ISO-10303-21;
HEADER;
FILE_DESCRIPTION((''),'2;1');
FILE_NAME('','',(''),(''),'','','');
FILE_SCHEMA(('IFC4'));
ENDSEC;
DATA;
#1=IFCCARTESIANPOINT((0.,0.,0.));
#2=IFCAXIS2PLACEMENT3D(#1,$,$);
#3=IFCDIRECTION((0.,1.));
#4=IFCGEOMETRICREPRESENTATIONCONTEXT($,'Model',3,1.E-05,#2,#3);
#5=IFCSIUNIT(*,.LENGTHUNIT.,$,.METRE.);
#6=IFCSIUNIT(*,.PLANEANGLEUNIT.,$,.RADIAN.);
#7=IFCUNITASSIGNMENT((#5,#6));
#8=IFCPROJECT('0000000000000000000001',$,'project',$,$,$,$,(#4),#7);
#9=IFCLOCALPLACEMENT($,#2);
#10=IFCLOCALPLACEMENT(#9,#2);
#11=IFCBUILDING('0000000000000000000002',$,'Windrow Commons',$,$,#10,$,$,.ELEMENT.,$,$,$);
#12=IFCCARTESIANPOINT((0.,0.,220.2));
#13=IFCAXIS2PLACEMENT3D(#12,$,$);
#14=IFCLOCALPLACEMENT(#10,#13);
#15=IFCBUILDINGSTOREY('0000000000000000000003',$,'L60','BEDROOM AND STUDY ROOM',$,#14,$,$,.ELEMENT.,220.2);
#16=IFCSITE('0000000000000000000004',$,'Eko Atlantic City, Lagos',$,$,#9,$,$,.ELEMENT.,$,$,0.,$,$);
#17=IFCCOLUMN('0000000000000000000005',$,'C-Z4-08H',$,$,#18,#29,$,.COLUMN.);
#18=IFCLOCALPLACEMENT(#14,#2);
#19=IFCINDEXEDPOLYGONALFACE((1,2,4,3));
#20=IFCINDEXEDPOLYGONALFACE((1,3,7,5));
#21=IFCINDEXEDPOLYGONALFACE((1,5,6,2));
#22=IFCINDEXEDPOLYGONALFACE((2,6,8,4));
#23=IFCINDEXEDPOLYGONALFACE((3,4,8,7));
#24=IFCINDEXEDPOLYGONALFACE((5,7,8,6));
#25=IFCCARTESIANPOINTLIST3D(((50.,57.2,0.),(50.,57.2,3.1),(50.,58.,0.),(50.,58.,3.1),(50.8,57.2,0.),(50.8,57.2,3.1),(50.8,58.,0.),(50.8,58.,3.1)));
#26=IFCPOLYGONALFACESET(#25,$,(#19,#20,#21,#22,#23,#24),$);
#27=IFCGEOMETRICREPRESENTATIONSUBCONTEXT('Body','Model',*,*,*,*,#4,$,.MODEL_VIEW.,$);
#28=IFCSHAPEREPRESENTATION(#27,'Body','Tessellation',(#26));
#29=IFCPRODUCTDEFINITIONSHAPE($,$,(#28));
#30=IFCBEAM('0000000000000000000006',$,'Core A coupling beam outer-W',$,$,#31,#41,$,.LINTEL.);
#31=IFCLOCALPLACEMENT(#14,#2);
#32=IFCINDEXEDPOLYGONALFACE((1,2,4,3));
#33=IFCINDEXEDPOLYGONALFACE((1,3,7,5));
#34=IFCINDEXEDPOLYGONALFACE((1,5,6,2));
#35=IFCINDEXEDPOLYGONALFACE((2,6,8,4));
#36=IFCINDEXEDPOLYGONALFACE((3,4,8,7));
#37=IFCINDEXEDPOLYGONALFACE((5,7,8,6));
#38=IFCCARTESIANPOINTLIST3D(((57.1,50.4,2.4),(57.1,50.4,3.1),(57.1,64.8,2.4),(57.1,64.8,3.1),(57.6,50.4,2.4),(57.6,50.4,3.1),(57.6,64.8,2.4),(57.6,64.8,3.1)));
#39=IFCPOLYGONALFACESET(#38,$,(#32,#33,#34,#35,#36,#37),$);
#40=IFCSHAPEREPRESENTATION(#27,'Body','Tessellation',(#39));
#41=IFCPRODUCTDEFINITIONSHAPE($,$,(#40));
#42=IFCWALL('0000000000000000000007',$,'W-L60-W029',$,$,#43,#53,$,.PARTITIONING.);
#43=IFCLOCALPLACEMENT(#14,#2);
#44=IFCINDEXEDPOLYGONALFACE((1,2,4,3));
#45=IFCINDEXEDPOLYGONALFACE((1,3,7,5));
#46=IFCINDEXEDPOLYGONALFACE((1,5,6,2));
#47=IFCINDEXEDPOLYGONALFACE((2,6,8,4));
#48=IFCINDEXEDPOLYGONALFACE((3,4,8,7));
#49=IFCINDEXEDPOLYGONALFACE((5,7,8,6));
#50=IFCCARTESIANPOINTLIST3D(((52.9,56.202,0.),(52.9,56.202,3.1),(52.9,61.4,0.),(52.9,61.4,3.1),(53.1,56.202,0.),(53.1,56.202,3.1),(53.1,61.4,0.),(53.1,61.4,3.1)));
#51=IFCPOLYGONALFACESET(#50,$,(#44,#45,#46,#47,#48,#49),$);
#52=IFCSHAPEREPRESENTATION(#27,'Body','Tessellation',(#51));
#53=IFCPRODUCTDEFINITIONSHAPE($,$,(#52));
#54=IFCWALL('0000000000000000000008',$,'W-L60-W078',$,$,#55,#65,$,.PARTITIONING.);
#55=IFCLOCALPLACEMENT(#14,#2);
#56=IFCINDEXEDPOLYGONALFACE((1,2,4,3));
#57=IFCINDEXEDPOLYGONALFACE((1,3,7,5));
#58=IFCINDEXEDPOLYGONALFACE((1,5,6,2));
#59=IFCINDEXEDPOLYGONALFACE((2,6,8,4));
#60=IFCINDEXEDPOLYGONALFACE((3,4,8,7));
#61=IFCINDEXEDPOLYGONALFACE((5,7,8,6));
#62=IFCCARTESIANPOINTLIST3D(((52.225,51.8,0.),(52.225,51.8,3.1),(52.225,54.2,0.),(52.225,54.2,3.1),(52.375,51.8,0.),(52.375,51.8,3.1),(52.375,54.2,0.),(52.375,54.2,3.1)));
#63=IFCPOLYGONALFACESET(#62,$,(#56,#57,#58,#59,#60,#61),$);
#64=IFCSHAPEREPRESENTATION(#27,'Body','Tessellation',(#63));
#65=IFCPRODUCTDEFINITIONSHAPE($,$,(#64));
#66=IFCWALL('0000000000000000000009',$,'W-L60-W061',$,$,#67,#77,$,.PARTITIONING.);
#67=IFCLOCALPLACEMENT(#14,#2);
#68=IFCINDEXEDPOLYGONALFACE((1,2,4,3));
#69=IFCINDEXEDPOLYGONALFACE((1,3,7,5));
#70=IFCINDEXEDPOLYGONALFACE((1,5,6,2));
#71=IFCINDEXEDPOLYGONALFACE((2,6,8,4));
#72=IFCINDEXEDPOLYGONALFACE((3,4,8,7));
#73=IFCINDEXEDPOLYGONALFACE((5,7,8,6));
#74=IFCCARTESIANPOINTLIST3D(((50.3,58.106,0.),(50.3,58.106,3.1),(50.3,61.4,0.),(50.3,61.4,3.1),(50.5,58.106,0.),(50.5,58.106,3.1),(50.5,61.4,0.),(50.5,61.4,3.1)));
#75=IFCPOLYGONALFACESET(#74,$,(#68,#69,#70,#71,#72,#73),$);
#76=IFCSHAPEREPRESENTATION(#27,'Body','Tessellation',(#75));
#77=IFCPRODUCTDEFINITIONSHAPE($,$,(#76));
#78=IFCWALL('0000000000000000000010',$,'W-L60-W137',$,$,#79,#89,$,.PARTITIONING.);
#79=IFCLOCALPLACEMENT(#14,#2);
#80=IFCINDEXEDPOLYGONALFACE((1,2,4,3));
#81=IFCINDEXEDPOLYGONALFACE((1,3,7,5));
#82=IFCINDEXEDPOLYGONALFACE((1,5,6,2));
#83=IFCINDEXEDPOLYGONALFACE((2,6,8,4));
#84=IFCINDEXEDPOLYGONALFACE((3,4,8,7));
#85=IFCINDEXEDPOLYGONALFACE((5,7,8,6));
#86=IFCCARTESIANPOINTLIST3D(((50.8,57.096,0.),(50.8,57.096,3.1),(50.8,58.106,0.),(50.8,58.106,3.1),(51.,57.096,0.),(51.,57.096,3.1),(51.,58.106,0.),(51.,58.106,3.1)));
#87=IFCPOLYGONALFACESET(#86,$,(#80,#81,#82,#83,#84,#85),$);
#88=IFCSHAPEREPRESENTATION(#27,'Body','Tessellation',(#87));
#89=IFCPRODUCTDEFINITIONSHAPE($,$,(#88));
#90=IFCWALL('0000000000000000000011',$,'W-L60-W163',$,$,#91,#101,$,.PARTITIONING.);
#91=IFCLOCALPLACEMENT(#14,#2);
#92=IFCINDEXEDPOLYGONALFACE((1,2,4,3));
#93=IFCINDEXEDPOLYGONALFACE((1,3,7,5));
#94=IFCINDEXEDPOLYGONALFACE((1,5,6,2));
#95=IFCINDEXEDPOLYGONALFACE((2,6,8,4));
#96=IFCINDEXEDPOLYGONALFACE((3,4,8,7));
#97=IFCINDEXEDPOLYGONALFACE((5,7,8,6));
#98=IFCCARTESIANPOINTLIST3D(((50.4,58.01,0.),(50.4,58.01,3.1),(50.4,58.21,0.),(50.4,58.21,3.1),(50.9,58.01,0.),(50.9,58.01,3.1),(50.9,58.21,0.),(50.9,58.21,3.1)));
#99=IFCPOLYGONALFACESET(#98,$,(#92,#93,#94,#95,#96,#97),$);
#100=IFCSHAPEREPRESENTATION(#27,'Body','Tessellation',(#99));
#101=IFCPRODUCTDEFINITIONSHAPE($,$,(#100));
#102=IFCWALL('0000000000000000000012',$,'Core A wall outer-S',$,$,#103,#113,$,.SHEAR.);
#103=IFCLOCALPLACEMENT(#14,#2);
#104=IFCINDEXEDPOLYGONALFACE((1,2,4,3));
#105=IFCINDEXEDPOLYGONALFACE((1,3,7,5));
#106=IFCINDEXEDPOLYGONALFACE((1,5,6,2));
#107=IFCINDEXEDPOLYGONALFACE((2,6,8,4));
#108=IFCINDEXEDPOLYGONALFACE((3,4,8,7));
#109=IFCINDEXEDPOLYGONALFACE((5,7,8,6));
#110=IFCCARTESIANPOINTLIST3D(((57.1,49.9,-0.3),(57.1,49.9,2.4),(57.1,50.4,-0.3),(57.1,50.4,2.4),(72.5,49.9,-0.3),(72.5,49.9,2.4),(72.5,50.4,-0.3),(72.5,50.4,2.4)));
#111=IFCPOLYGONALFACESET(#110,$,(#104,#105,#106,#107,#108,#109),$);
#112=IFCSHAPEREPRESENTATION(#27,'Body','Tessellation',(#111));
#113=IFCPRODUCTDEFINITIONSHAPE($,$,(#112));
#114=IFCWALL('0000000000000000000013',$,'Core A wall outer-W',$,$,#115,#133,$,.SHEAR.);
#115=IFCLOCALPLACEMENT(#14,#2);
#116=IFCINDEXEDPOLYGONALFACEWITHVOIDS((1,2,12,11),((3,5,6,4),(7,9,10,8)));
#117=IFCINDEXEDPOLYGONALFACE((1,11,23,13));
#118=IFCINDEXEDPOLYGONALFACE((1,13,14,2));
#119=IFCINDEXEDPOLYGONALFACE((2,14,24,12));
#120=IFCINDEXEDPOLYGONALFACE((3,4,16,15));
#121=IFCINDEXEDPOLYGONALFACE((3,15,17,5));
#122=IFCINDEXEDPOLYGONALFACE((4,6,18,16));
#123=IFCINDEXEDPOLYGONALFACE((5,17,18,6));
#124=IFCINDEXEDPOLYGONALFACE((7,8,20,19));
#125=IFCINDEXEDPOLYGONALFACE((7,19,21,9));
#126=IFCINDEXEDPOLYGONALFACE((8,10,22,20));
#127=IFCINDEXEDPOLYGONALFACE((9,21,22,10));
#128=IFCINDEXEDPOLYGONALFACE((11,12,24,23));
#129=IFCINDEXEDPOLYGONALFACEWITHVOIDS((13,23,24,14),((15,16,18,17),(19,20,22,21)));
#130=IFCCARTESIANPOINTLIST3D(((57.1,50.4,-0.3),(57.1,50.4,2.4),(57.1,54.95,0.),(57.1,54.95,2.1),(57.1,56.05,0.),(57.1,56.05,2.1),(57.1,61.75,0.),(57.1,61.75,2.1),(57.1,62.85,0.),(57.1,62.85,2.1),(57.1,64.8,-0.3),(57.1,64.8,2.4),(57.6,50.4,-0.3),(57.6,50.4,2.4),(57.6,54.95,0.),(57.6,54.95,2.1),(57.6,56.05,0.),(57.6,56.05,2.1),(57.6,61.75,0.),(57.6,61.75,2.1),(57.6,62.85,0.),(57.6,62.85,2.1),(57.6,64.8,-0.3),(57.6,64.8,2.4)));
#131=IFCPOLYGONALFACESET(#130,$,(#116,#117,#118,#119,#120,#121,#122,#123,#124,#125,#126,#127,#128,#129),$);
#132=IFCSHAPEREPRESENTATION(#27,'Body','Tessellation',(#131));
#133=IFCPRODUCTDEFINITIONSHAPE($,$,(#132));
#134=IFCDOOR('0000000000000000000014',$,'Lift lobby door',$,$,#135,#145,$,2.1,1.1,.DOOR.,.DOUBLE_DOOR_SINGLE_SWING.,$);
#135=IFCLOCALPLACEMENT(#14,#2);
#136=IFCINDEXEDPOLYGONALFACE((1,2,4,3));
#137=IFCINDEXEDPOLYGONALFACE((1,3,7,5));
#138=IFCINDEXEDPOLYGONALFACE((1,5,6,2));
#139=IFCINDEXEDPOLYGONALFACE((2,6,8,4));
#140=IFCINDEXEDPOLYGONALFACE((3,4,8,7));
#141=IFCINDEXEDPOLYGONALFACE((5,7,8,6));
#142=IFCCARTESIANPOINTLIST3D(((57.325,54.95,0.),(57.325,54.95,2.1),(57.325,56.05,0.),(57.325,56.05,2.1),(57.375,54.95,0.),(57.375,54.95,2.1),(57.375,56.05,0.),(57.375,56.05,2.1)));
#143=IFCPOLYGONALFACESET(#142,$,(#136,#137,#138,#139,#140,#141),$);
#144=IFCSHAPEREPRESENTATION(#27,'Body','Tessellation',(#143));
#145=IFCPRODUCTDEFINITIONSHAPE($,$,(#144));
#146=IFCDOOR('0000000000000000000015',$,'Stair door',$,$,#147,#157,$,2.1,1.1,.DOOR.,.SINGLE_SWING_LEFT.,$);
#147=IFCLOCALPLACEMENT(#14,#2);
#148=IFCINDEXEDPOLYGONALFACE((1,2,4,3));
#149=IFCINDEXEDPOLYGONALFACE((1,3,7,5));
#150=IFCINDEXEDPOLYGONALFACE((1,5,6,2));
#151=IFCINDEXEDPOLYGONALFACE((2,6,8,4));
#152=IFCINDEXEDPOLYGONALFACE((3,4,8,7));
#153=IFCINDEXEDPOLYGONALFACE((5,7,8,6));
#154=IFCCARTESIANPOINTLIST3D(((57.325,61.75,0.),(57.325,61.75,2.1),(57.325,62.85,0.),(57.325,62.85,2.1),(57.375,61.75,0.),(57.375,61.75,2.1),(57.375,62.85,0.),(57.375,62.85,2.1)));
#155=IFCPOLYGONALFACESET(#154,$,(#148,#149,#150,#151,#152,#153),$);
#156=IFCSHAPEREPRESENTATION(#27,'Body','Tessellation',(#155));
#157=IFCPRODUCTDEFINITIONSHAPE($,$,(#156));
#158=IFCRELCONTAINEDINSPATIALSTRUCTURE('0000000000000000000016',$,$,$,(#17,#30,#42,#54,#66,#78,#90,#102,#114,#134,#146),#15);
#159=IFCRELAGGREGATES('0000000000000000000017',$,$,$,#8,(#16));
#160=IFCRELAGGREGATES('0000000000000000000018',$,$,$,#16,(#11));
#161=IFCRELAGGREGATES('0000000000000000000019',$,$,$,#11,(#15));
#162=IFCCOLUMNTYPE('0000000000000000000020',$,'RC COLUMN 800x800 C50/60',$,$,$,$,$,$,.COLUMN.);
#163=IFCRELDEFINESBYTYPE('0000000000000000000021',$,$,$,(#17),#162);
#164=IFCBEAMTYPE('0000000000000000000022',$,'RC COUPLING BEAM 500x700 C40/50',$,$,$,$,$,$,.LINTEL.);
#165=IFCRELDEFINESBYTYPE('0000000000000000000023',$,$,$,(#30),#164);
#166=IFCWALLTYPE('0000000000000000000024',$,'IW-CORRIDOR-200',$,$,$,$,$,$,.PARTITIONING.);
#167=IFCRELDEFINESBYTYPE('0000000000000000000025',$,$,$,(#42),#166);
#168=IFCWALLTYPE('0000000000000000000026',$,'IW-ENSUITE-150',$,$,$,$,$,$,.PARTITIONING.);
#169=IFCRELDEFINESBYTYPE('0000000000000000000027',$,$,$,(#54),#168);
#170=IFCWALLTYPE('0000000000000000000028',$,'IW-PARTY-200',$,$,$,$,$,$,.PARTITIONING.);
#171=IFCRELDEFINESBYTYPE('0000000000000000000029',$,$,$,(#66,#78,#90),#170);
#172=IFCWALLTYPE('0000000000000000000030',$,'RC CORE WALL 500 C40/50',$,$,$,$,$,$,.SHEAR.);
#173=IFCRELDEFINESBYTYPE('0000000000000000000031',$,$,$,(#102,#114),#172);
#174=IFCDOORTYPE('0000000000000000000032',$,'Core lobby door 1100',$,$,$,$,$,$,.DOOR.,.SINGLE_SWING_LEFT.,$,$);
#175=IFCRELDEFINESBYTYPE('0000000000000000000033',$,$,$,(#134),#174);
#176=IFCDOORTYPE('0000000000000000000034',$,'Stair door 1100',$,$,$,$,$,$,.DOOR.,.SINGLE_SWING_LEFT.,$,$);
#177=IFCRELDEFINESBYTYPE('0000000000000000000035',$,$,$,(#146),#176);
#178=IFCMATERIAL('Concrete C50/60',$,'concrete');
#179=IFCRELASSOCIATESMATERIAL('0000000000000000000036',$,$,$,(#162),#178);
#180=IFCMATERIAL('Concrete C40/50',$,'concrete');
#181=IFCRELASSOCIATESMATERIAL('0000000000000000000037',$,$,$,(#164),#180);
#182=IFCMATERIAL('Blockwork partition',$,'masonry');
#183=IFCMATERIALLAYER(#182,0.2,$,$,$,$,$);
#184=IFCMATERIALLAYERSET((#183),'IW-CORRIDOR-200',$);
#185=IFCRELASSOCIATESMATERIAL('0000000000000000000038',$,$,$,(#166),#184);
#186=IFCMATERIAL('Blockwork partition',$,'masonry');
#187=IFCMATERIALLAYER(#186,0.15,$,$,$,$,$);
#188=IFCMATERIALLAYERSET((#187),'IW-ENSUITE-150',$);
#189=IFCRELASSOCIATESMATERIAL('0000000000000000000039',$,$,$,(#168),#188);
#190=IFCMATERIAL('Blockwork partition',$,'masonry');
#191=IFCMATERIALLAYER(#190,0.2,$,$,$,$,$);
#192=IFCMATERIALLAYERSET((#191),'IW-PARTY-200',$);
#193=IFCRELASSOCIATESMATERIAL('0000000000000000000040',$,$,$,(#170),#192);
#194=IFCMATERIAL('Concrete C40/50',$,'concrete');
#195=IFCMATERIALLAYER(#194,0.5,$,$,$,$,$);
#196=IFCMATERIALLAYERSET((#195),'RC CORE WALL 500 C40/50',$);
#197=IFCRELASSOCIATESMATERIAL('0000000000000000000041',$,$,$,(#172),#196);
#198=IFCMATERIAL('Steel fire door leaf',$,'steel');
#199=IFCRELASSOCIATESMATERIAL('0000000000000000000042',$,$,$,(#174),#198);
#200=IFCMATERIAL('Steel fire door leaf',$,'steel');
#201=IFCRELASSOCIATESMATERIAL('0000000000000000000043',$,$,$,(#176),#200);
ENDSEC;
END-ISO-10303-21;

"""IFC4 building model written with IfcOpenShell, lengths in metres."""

from ifc_helpers import new_model, si_unit, direction, frame, frame_2d, origin, origin_2d, place, context, subcontext, project, spatial, rectangle, extrude, material, layer, layer_set, material_profile, profile_set, type_object, element, fill, save


model = new_model("IFC4")

# Units and contexts
model_context = context("Model", 3, precision=1e-05, world=origin(), true_north=direction((0.0, 1.0)))
body_context = subcontext(model_context, "Body", "Model", "MODEL_VIEW")
ifc_project = project(units=[si_unit("LENGTHUNIT", "METRE"), si_unit("PLANEANGLEUNIT", "RADIAN")], contexts=[model_context])

# Site, building, storey
site_placement = place(None, origin())
site = spatial("IfcSite", under=ifc_project, at=site_placement, Name="Eko Atlantic City, Lagos", CompositionType="ELEMENT", RefElevation=0.0)
building_placement = place(site_placement, origin())
building = spatial("IfcBuilding", under=site, at=building_placement, Name="Windrow Commons", CompositionType="ELEMENT")
storey_placement = place(building_placement, frame((0.0, 0.0, 220.2)))
storey = spatial("IfcBuildingStorey", under=building, at=storey_placement, Name="L60", Description="BEDROOM AND STUDY ROOM", CompositionType="ELEMENT", Elevation=220.2)

# Column
ifc_material_1 = material(Name="Concrete C50/60", Category="concrete")
ifc_material_profile_1 = material_profile(ifc_material_1, rectangle(XDim=0.8, YDim=0.8, at=origin_2d()))
ifc_profile_set_1 = profile_set([ifc_material_profile_1], Name="Concrete C50/60")
column_type = type_object("IfcColumnType", Name="RC COLUMN 800x800 C50/60", PredefinedType="COLUMN", material=ifc_profile_set_1)
column_placement = place(storey_placement, frame((50.4, 57.6, 0.0), z_axis=(0.0, 0.0, 1.0), x_axis=(1.0, 0.0, 0.0)))
element("IfcColumn", 1, at=column_placement, inside=storey, type_object=column_type, Name="C-Z4-08H", PredefinedType="COLUMN", context=body_context, shape_type="SweptSolid", body=[
    extrude(rectangle(XDim=0.8, YDim=0.8, at=origin_2d()), origin(), (0.0, 0.0, 1.0), 3.1),
])

# Beam
ifc_material_2 = material(Name="Concrete C40/50", Category="concrete")
ifc_material_profile_2 = material_profile(ifc_material_2, rectangle(XDim=0.5, YDim=0.7, at=origin_2d()))
ifc_profile_set_2 = profile_set([ifc_material_profile_2], Name="Concrete C40/50")
beam_type = type_object("IfcBeamType", Name="RC COUPLING BEAM 500x700 C40/50", PredefinedType="LINTEL", material=ifc_profile_set_2)
beam_placement = place(storey_placement, frame((57.35, 50.4, 2.75), z_axis=(0.0, 1.0, 0.0), x_axis=(-1.0, 0.0, 0.0)))
element("IfcBeam", 2, at=beam_placement, inside=storey, type_object=beam_type, Name="Core A coupling beam outer-W", PredefinedType="LINTEL", context=body_context, shape_type="SweptSolid", body=[
    extrude(rectangle(XDim=0.5, YDim=0.7, at=origin_2d()), origin(), (0.0, 0.0, 1.0), 14.4),
])

# Walls
ifc_material_3 = material(Name="Blockwork partition", Category="masonry")
ifc_layer_1 = layer(ifc_material_3, 0.2)
ifc_layer_set_1 = layer_set([ifc_layer_1], Name="IW-CORRIDOR-200")
wall_type_1 = type_object("IfcWallType", Name="IW-CORRIDOR-200", PredefinedType="PARTITIONING", material=ifc_layer_set_1)
wall_1_placement = place(storey_placement, frame((53.0, 56.202, 0.0), z_axis=(0.0, 0.0, 1.0), x_axis=(0.0, 1.0, 0.0)))
element("IfcWall", 3, at=wall_1_placement, inside=storey, type_object=wall_type_1, Name="W-L60-W029", PredefinedType="PARTITIONING", context=body_context, shape_type="SweptSolid", body=[
    extrude(rectangle(XDim=5.198, YDim=0.2, at=frame_2d((2.599, 0.0))), origin(), (0.0, 0.0, 1.0), 3.1),
])
ifc_material_4 = material(Name="Blockwork partition", Category="masonry")
ifc_layer_2 = layer(ifc_material_4, 0.15)
ifc_layer_set_2 = layer_set([ifc_layer_2], Name="IW-ENSUITE-150")
wall_type_2 = type_object("IfcWallType", Name="IW-ENSUITE-150", PredefinedType="PARTITIONING", material=ifc_layer_set_2)
wall_2_placement = place(storey_placement, frame((52.3, 51.8, 0.0), z_axis=(0.0, 0.0, 1.0), x_axis=(0.0, 1.0, 0.0)))
element("IfcWall", 4, at=wall_2_placement, inside=storey, type_object=wall_type_2, Name="W-L60-W078", PredefinedType="PARTITIONING", context=body_context, shape_type="SweptSolid", body=[
    extrude(rectangle(XDim=2.4, YDim=0.15, at=frame_2d((1.2, 0.0))), origin(), (0.0, 0.0, 1.0), 3.1),
])
ifc_material_5 = material(Name="Blockwork partition", Category="masonry")
ifc_layer_3 = layer(ifc_material_5, 0.2)
ifc_layer_set_3 = layer_set([ifc_layer_3], Name="IW-PARTY-200")
wall_type_3 = type_object("IfcWallType", Name="IW-PARTY-200", PredefinedType="PARTITIONING", material=ifc_layer_set_3)
wall_3_placement = place(storey_placement, frame((50.4, 58.106, 0.0), z_axis=(0.0, 0.0, 1.0), x_axis=(0.0, 1.0, 0.0)))
element("IfcWall", 5, at=wall_3_placement, inside=storey, type_object=wall_type_3, Name="W-L60-W061", PredefinedType="PARTITIONING", context=body_context, shape_type="SweptSolid", body=[
    extrude(rectangle(XDim=3.294, YDim=0.2, at=frame_2d((1.647, 0.0))), origin(), (0.0, 0.0, 1.0), 3.1),
])
wall_4_placement = place(storey_placement, frame((50.9, 57.096, 0.0), z_axis=(0.0, 0.0, 1.0), x_axis=(0.0, 1.0, 0.0)))
element("IfcWall", 6, at=wall_4_placement, inside=storey, type_object=wall_type_3, Name="W-L60-W137", PredefinedType="PARTITIONING", context=body_context, shape_type="SweptSolid", body=[
    extrude(rectangle(XDim=1.01, YDim=0.2, at=frame_2d((0.505, 0.0))), origin(), (0.0, 0.0, 1.0), 3.1),
])
wall_5_placement = place(storey_placement, frame((50.4, 58.11, 0.0), z_axis=(0.0, 0.0, 1.0), x_axis=(1.0, 0.0, 0.0)))
element("IfcWall", 7, at=wall_5_placement, inside=storey, type_object=wall_type_3, Name="W-L60-W163", PredefinedType="PARTITIONING", context=body_context, shape_type="SweptSolid", body=[
    extrude(rectangle(XDim=0.5, YDim=0.2, at=frame_2d((0.25, 0.0))), origin(), (0.0, 0.0, 1.0), 3.1),
])
ifc_material_6 = material(Name="Concrete C40/50", Category="concrete")
ifc_layer_4 = layer(ifc_material_6, 0.5)
ifc_layer_set_4 = layer_set([ifc_layer_4], Name="RC CORE WALL 500 C40/50")
wall_type_4 = type_object("IfcWallType", Name="RC CORE WALL 500 C40/50", PredefinedType="SHEAR", material=ifc_layer_set_4)
wall_6_placement = place(storey_placement, frame((57.1, 50.15, -0.3), z_axis=(0.0, 0.0, 1.0), x_axis=(1.0, 0.0, 0.0)))
element("IfcWall", 8, at=wall_6_placement, inside=storey, type_object=wall_type_4, Name="Core A wall outer-S", PredefinedType="SHEAR", context=body_context, shape_type="SweptSolid", body=[
    extrude(rectangle(XDim=15.4, YDim=0.5, at=frame_2d((7.7, 0.0))), origin(), (0.0, 0.0, 1.0), 2.7),
])

# Wall, openings, doors
wall_7_placement = place(storey_placement, frame((57.35, 50.4, -0.3), z_axis=(0.0, 0.0, 1.0), x_axis=(0.0, 1.0, 0.0)))
wall_7 = element("IfcWall", 9, at=wall_7_placement, inside=storey, type_object=wall_type_4, Name="Core A wall outer-W", PredefinedType="SHEAR", context=body_context, shape_type="SweptSolid", body=[
    extrude(rectangle(XDim=14.4, YDim=0.5, at=frame_2d((7.2, 0.0))), origin(), (0.0, 0.0, 1.0), 2.7),
])
opening_1_placement = place(wall_7_placement, frame((4.55, 0.0, 0.3)))
opening_1 = element("IfcOpeningElement", 10, at=opening_1_placement, cuts=wall_7, PredefinedType="OPENING", context=body_context, shape_type="SweptSolid", body=[
    extrude(rectangle(XDim=1.1, YDim=2.1, at=frame_2d((0.55, 1.05))), frame((0.0, 0.26, 0.0), z_axis=(0.0, -1.0, 0.0), x_axis=(1.0, 0.0, 0.0)), (0.0, 0.0, 1.0), 0.52),
])
opening_2_placement = place(wall_7_placement, frame((11.35, 0.0, 0.3)))
opening_2 = element("IfcOpeningElement", 11, at=opening_2_placement, cuts=wall_7, PredefinedType="OPENING", context=body_context, shape_type="SweptSolid", body=[
    extrude(rectangle(XDim=1.1, YDim=2.1, at=frame_2d((0.55, 1.05))), frame((0.0, 0.26, 0.0), z_axis=(0.0, -1.0, 0.0), x_axis=(1.0, 0.0, 0.0)), (0.0, 0.0, 1.0), 0.52),
])
ifc_material_7 = material(Name="Steel fire door leaf", Category="steel")
door_type_1 = type_object("IfcDoorType", Name="Core lobby door 1100", OperationType="SINGLE_SWING_LEFT", PredefinedType="DOOR", material=ifc_material_7)
door_1_placement = place(opening_1_placement, origin())
door_1 = element("IfcDoor", 12, at=door_1_placement, inside=storey, type_object=door_type_1, Name="Lift lobby door", OperationType="DOUBLE_DOOR_SINGLE_SWING", OverallHeight=2.1, OverallWidth=1.1, PredefinedType="DOOR", context=body_context, shape_type="SweptSolid", body=[
    extrude(rectangle(XDim=1.1, YDim=2.1, at=frame_2d((0.55, 1.05))), frame((0.0, 0.025, 0.0), z_axis=(0.0, -1.0, 0.0), x_axis=(1.0, 0.0, 0.0)), (0.0, 0.0, 1.0), 0.05),
])
fill(opening_1, door_1)
ifc_material_8 = material(Name="Steel fire door leaf", Category="steel")
door_type_2 = type_object("IfcDoorType", Name="Stair door 1100", OperationType="SINGLE_SWING_LEFT", PredefinedType="DOOR", material=ifc_material_8)
door_2_placement = place(opening_2_placement, origin())
door_2 = element("IfcDoor", 13, at=door_2_placement, inside=storey, type_object=door_type_2, Name="Stair door", OperationType="SINGLE_SWING_LEFT", OverallHeight=2.1, OverallWidth=1.1, PredefinedType="DOOR", context=body_context, shape_type="SweptSolid", body=[
    extrude(rectangle(XDim=1.1, YDim=2.1, at=frame_2d((0.55, 1.05))), frame((0.0, 0.025, 0.0), z_axis=(0.0, -1.0, 0.0), x_axis=(1.0, 0.0, 0.0)), (0.0, 0.0, 1.0), 0.05),
])
fill(opening_2, door_2)

save(model, "model.ifc")
